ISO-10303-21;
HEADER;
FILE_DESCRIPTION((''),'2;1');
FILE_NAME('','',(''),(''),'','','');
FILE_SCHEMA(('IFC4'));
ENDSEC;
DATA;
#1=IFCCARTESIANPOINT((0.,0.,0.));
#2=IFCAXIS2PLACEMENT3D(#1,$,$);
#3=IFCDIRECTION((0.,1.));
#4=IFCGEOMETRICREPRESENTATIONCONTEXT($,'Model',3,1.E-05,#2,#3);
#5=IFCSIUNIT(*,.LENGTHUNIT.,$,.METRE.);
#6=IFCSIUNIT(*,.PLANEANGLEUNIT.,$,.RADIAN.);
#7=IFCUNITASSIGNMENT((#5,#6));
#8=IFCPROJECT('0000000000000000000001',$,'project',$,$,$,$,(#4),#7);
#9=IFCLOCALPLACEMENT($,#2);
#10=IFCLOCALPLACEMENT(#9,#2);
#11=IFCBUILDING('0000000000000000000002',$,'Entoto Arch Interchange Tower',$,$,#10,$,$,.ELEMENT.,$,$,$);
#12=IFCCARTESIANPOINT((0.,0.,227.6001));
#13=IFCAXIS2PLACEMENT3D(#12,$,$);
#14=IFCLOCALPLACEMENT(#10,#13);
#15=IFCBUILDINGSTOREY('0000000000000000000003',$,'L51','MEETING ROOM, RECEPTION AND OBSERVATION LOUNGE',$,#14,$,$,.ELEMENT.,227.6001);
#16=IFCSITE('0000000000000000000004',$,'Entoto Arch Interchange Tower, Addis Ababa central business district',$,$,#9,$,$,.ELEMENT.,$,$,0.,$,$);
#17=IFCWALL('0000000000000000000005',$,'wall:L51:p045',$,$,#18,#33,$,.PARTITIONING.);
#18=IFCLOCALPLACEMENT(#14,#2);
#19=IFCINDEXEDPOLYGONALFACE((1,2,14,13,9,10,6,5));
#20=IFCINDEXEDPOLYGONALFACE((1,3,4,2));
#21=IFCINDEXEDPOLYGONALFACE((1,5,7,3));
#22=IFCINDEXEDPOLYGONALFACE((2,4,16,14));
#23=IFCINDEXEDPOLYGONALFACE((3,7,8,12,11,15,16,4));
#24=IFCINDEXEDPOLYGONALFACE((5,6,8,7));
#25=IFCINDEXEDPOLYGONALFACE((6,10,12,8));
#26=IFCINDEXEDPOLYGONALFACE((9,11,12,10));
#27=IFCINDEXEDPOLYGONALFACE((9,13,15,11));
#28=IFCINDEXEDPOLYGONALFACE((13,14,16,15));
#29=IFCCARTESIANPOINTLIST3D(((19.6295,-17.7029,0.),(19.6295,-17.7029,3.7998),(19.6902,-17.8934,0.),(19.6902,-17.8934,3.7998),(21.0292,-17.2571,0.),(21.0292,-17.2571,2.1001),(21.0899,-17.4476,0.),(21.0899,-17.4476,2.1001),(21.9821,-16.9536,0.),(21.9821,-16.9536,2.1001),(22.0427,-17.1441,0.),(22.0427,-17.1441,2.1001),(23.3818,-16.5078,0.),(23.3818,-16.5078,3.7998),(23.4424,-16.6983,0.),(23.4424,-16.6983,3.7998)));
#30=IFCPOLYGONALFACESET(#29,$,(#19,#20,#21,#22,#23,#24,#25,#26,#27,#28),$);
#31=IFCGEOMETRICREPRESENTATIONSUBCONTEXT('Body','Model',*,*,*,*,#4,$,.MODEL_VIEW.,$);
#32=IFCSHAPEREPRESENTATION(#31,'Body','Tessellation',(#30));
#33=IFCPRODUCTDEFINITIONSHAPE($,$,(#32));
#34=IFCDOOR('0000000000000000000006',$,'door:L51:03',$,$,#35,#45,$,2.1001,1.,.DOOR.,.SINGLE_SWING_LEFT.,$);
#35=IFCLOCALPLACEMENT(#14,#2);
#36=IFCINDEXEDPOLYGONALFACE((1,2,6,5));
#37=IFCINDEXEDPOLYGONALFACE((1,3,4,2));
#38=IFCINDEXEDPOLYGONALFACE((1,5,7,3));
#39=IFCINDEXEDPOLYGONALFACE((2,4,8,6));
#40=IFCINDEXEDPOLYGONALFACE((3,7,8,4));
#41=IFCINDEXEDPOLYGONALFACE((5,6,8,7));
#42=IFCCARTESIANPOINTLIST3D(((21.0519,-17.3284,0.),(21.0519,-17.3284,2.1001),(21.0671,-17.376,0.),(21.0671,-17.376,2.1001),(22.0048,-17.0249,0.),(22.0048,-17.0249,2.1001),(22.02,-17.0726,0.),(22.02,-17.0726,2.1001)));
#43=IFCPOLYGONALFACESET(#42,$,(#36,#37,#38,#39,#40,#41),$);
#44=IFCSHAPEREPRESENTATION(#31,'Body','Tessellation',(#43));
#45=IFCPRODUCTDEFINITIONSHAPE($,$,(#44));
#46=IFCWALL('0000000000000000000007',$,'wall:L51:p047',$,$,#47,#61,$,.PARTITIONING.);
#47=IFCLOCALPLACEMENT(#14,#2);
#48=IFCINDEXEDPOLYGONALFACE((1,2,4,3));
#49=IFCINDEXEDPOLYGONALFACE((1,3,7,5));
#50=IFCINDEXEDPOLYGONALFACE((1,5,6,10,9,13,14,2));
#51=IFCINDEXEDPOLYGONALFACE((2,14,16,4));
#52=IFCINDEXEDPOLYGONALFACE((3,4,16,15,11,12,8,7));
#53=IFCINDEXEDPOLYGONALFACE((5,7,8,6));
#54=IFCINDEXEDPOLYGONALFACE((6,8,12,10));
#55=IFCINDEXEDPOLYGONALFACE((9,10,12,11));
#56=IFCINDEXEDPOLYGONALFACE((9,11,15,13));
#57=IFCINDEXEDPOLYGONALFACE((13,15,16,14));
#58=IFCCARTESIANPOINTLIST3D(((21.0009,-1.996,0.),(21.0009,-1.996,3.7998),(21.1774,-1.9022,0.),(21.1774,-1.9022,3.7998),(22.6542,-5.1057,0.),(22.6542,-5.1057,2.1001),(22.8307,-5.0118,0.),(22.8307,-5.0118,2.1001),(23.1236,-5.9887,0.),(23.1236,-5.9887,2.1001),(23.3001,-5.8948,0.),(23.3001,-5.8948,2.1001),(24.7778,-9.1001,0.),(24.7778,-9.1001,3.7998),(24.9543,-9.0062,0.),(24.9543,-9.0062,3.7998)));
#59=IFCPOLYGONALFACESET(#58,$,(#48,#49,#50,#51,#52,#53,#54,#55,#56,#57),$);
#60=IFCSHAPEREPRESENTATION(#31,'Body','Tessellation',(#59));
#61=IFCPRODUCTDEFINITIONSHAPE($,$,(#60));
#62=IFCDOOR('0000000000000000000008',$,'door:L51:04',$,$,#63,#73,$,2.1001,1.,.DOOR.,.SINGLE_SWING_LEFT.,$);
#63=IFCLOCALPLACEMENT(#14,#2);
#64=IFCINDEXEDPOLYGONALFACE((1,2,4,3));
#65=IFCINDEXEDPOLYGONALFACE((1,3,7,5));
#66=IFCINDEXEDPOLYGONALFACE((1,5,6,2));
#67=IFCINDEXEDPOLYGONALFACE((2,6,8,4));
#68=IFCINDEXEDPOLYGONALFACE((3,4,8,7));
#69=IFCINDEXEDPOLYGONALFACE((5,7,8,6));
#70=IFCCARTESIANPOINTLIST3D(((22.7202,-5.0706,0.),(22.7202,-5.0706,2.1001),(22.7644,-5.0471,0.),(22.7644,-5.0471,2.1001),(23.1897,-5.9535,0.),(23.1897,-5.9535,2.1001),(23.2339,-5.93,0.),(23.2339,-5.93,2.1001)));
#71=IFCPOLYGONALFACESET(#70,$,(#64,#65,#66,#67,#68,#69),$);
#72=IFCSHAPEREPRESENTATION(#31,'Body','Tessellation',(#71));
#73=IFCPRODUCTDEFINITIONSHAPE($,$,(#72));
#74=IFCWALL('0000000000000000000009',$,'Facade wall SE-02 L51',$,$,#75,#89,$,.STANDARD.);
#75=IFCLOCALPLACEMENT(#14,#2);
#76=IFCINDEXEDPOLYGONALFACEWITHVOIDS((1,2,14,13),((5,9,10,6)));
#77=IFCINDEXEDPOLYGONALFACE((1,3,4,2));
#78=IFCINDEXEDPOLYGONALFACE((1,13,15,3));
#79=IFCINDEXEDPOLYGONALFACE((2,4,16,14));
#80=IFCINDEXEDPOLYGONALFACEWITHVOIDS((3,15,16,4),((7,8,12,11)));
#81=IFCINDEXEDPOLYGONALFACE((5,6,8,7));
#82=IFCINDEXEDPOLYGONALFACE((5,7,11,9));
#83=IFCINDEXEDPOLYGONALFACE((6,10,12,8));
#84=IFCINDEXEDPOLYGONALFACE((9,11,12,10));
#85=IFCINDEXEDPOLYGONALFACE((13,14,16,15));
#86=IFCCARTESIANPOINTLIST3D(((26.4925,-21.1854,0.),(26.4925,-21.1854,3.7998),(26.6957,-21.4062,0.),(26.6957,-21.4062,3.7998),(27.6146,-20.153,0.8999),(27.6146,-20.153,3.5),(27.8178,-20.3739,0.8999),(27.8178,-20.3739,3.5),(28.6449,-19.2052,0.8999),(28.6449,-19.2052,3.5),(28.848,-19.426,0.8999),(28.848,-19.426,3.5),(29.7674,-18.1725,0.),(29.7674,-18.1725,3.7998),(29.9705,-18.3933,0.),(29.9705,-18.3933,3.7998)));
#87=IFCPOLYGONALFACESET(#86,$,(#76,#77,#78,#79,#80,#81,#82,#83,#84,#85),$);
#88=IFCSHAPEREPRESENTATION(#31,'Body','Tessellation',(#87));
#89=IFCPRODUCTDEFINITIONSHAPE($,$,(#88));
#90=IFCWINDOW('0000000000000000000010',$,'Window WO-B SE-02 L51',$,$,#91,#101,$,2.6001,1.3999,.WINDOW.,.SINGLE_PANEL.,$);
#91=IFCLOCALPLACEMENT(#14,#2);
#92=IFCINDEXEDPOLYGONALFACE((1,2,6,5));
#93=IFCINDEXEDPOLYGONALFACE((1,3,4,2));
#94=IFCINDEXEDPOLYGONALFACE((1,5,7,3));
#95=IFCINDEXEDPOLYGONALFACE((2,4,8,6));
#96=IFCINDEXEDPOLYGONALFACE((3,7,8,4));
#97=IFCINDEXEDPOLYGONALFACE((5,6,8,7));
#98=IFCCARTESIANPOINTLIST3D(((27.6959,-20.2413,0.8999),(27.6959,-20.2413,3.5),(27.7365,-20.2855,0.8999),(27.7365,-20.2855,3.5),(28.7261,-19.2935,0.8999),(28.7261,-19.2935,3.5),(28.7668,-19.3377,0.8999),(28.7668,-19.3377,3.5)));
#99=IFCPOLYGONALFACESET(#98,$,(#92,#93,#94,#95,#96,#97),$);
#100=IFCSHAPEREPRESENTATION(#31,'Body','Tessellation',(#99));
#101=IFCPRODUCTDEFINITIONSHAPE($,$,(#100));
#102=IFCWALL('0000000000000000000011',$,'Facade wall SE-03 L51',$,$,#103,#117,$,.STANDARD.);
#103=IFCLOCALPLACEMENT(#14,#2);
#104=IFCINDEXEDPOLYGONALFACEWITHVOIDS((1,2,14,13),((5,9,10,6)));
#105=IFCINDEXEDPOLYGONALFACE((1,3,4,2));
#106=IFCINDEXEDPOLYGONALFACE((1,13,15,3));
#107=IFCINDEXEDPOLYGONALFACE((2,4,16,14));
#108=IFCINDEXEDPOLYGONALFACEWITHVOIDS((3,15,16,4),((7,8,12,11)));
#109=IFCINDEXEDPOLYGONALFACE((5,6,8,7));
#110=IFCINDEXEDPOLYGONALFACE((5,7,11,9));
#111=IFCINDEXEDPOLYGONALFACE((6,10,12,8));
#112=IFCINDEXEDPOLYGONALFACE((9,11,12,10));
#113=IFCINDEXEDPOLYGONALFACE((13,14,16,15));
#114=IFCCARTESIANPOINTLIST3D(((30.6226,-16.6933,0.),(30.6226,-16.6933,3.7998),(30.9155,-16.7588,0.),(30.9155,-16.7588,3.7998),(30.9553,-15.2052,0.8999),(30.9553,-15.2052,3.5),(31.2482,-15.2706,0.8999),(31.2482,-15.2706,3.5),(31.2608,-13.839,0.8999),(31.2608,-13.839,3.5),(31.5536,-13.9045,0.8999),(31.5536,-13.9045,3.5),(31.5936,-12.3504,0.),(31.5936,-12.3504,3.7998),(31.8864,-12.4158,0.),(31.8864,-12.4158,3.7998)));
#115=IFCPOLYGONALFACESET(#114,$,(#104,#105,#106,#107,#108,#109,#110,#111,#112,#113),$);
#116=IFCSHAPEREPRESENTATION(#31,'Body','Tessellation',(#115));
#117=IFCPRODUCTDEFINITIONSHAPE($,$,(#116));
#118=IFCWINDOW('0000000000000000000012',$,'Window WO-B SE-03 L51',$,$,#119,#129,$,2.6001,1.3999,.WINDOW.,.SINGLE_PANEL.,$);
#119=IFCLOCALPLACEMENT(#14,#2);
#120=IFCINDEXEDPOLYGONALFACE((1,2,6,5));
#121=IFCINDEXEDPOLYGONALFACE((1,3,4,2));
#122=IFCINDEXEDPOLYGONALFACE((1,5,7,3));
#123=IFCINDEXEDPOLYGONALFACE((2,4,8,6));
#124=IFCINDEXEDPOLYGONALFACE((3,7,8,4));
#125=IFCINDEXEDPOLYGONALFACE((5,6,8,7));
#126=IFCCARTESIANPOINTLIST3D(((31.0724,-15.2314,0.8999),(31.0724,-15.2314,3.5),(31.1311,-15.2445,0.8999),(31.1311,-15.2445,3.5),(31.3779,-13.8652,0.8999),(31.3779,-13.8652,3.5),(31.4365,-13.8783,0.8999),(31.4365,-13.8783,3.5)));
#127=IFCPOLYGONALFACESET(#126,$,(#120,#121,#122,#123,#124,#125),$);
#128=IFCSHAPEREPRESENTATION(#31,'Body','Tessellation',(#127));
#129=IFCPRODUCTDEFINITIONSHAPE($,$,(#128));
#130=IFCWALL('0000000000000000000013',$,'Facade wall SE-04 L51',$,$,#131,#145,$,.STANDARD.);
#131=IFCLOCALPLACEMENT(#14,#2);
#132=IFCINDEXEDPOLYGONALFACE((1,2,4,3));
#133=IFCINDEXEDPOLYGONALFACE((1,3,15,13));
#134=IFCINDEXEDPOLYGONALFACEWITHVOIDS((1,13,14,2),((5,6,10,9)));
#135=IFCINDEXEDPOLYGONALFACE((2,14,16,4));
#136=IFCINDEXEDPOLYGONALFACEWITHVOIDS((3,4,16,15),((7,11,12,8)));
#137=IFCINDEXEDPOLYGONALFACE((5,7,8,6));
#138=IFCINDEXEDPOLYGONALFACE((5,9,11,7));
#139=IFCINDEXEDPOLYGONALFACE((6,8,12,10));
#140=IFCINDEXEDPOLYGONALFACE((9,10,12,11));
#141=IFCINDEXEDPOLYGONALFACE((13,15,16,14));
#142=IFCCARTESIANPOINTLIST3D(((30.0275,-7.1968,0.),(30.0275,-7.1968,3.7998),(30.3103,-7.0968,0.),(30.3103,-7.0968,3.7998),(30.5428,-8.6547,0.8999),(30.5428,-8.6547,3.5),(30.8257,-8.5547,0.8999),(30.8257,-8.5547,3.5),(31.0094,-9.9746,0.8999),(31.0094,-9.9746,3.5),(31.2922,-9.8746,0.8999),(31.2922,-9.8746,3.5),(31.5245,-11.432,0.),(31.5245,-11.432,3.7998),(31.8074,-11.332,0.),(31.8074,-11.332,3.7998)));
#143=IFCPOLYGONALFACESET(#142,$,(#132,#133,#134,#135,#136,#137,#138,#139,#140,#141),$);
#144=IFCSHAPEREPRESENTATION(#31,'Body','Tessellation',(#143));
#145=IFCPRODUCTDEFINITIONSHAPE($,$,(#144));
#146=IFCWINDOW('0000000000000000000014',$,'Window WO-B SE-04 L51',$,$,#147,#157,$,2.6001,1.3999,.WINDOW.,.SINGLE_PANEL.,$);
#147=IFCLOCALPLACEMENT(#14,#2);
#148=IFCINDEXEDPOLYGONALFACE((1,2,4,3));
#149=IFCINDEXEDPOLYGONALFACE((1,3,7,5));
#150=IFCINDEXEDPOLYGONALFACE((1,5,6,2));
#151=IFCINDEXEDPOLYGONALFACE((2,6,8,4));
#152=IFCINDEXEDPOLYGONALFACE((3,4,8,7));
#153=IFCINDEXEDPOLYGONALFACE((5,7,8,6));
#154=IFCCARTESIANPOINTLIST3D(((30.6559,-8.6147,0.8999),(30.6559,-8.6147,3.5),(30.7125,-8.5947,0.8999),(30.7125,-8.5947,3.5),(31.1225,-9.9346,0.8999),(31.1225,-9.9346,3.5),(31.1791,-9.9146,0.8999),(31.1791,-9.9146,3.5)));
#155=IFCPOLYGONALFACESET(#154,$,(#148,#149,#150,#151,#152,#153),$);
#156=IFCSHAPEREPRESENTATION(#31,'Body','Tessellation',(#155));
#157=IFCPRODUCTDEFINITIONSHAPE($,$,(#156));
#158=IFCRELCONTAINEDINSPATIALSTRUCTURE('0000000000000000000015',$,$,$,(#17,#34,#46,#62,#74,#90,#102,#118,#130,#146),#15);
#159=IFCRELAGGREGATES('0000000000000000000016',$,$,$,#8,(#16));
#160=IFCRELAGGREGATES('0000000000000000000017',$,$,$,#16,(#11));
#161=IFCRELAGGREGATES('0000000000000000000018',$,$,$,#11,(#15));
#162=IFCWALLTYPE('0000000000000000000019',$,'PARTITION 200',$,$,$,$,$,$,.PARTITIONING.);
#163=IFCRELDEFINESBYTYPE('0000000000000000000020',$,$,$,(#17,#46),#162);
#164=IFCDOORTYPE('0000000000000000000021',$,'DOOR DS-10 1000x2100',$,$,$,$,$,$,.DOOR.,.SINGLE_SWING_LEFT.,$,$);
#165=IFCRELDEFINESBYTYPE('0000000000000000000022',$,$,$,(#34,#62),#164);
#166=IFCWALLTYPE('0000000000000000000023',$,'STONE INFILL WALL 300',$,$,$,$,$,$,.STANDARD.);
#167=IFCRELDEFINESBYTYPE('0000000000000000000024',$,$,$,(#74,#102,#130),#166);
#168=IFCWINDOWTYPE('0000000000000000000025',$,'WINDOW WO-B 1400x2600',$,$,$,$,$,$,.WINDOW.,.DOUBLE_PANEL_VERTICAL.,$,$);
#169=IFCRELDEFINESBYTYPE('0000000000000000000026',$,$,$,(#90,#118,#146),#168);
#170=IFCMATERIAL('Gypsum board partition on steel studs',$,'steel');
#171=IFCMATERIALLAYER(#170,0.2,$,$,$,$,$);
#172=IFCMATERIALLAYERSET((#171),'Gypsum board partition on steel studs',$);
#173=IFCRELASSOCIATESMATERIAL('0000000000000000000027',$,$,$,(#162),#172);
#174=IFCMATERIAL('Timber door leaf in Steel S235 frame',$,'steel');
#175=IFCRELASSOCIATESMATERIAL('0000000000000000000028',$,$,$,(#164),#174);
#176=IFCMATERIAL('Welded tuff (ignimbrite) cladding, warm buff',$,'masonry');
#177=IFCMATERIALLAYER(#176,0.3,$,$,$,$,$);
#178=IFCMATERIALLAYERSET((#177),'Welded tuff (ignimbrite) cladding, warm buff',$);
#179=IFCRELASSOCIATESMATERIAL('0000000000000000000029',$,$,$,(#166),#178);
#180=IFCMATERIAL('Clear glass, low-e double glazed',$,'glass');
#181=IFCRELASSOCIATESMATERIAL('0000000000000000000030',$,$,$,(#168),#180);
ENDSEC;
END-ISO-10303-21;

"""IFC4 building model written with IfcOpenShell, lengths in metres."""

from ifc_helpers import new_model, si_unit, direction, frame, frame_2d, origin, place, context, subcontext, project, spatial, rectangle, extrude, material, layer, layer_set, type_object, element, fill, save


model = new_model("IFC4")

# Units and contexts
model_context = context("Model", 3, precision=1e-05, world=origin(), true_north=direction((0.0, 1.0)))
body_context = subcontext(model_context, "Body", "Model", "MODEL_VIEW")
ifc_project = project(units=[si_unit("LENGTHUNIT", "METRE"), si_unit("PLANEANGLEUNIT", "RADIAN")], contexts=[model_context])

# Site, building, storey
site_placement = place(None, origin())
site = spatial("IfcSite", under=ifc_project, at=site_placement, Name="Entoto Arch Interchange Tower, Addis Ababa central business district", CompositionType="ELEMENT", RefElevation=0.0)
building_placement = place(site_placement, origin())
building = spatial("IfcBuilding", under=site, at=building_placement, Name="Entoto Arch Interchange Tower", CompositionType="ELEMENT")
storey_placement = place(building_placement, frame((0.0, 0.0, 227.6001)))
storey = spatial("IfcBuildingStorey", under=building, at=storey_placement, Name="L51", Description="MEETING ROOM, RECEPTION AND OBSERVATION LOUNGE", CompositionType="ELEMENT", Elevation=227.6001)

# Shared definitions
ifc_material_1 = material(Name="Gypsum board partition on steel studs", Category="steel")
ifc_layer_1 = layer(ifc_material_1, 0.2)
ifc_layer_set_1 = layer_set([ifc_layer_1], Name="Gypsum board partition on steel studs")
wall_type_1 = type_object("IfcWallType", Name="PARTITION 200", PredefinedType="PARTITIONING", material=ifc_layer_set_1)

# Walls, openings, doors
wall_1_placement = place(storey_placement, frame((23.4121, -16.603, 0.0), z_axis=(0.0, 0.0, 1.0), x_axis=(-0.952839, -0.303477, 0.0)))
wall_1 = element("IfcWall", 1, at=wall_1_placement, inside=storey, type_object=wall_type_1, Name="wall:L51:p045", PredefinedType="PARTITIONING", context=body_context, shape_type="SweptSolid", body=[
    extrude(rectangle(XDim=3.938, YDim=0.2, at=frame_2d((1.969, 0.0))), origin(), (0.0, 0.0, 1.0), 3.7998),
])
opening_1_placement = place(wall_1_placement, frame((1.469, 0.0, 0.0)))
opening_1 = element("IfcOpeningElement", 2, at=opening_1_placement, cuts=wall_1, PredefinedType="OPENING", context=body_context, shape_type="SweptSolid", body=[
    extrude(rectangle(XDim=1.0, YDim=2.1001, at=frame_2d((0.5, 1.05))), frame((0.0, 0.1099, 0.0), z_axis=(0.0, -1.0, 0.0), x_axis=(1.0, 0.0, 0.0)), (0.0, 0.0, 1.0), 0.22),
])
ifc_material_2 = material(Name="Timber door leaf in Steel S235 frame", Category="steel")
door_type = type_object("IfcDoorType", Name="DOOR DS-10 1000x2100", OperationType="SINGLE_SWING_LEFT", PredefinedType="DOOR", material=ifc_material_2)
door_1_placement = place(opening_1_placement, origin())
door_1 = element("IfcDoor", 3, at=door_1_placement, inside=storey, type_object=door_type, Name="door:L51:03", OperationType="SINGLE_SWING_LEFT", OverallHeight=2.1001, OverallWidth=1.0, PredefinedType="DOOR", context=body_context, shape_type="SweptSolid", body=[
    extrude(rectangle(XDim=1.0, YDim=2.1001, at=frame_2d((0.5, 1.05))), frame((0.0, 0.0249, 0.0), z_axis=(0.0, -1.0, 0.0), x_axis=(1.0, 0.0, 0.0)), (0.0, 0.0, 1.0), 0.05),
])
fill(opening_1, door_1)
wall_2_placement = place(storey_placement, frame((21.0891, -1.949, 0.0), z_axis=(0.0, 0.0, 1.0), x_axis=(0.469432, -0.882969, 0.0)))
wall_2 = element("IfcWall", 4, at=wall_2_placement, inside=storey, type_object=wall_type_1, Name="wall:L51:p047", PredefinedType="PARTITIONING", context=body_context, shape_type="SweptSolid", body=[
    extrude(rectangle(XDim=8.0457, YDim=0.2, at=frame_2d((4.0229, 0.0))), origin(), (0.0, 0.0, 1.0), 3.7998),
])
opening_2_placement = place(wall_2_placement, frame((3.522, 0.0, 0.0)))
opening_2 = element("IfcOpeningElement", 5, at=opening_2_placement, cuts=wall_2, PredefinedType="OPENING", context=body_context, shape_type="SweptSolid", body=[
    extrude(rectangle(XDim=1.0, YDim=2.1001, at=frame_2d((0.5, 1.05))), frame((0.0, 0.1099, 0.0), z_axis=(0.0, -1.0, 0.0), x_axis=(1.0, 0.0, 0.0)), (0.0, 0.0, 1.0), 0.22),
])
door_2_placement = place(opening_2_placement, origin())
door_2 = element("IfcDoor", 6, at=door_2_placement, inside=storey, type_object=door_type, Name="door:L51:04", OperationType="SINGLE_SWING_LEFT", OverallHeight=2.1001, OverallWidth=1.0, PredefinedType="DOOR", context=body_context, shape_type="SweptSolid", body=[
    extrude(rectangle(XDim=1.0, YDim=2.1001, at=frame_2d((0.5, 1.05))), frame((0.0, 0.0249, 0.0), z_axis=(0.0, -1.0, 0.0), x_axis=(1.0, 0.0, 0.0)), (0.0, 0.0, 1.0), 0.05),
])
fill(opening_2, door_2)

# Walls, openings, windows
ifc_material_3 = material(Name="Welded tuff (ignimbrite) cladding, warm buff", Category="masonry")
ifc_layer_2 = layer(ifc_material_3, 0.3)
ifc_layer_set_2 = layer_set([ifc_layer_2], Name="Welded tuff (ignimbrite) cladding, warm buff")
wall_type_2 = type_object("IfcWallType", Name="STONE INFILL WALL 300", PredefinedType="STANDARD", material=ifc_layer_set_2)
wall_3_placement = place(storey_placement, frame((26.594, -21.2959, 0.0), z_axis=(0.0, 0.0, 1.0), x_axis=(0.735928, 0.67706, 0.0)))
wall_3 = element("IfcWall", 7, at=wall_3_placement, inside=storey, type_object=wall_type_2, Name="Facade wall SE-02 L51", PredefinedType="STANDARD", context=body_context, shape_type="SweptSolid", body=[
    extrude(rectangle(XDim=4.45, YDim=0.3, at=frame_2d((2.2251, 0.0))), origin(), (0.0, 0.0, 1.0), 3.7998),
])
opening_3_placement = place(wall_3_placement, frame((1.5249, 0.0, 0.8999)))
opening_3 = element("IfcOpeningElement", 8, at=opening_3_placement, cuts=wall_3, PredefinedType="OPENING", context=body_context, shape_type="SweptSolid", body=[
    extrude(rectangle(XDim=1.3999, YDim=2.6001, at=frame_2d((0.7, 1.3))), frame((0.0, 0.1602, 0.0), z_axis=(0.0, -1.0, 0.0), x_axis=(1.0, 0.0, 0.0)), (0.0, 0.0, 1.0), 0.3201),
])
ifc_material_4 = material(Name="Clear glass, low-e double glazed", Category="glass")
window_type_1 = type_object("IfcWindowType", Name="WINDOW WO-B 1400x2600", PartitioningType="DOUBLE_PANEL_VERTICAL", PredefinedType="WINDOW", material=ifc_material_4)
window_1_placement = place(opening_3_placement, origin())
window_1 = element("IfcWindow", 9, at=window_1_placement, inside=storey, type_object=window_type_1, Name="Window WO-B SE-02 L51", OverallHeight=2.6001, OverallWidth=1.3999, PartitioningType="SINGLE_PANEL", PredefinedType="WINDOW", context=body_context, shape_type="SweptSolid", body=[
    extrude(rectangle(XDim=1.3999, YDim=2.6001, at=frame_2d((0.7, 1.3))), frame((0.0, 0.03, 0.0), z_axis=(0.0, -1.0, 0.0), x_axis=(1.0, 0.0, 0.0)), (0.0, 0.0, 1.0), 0.0601),
])
fill(opening_3, window_1)
wall_4_placement = place(storey_placement, frame((30.769, -16.7261, 0.0), z_axis=(0.0, 0.0, 1.0), x_axis=(0.218179, 0.975909, 0.0)))
wall_4 = element("IfcWall", 10, at=wall_4_placement, inside=storey, type_object=wall_type_2, Name="Facade wall SE-03 L51", PredefinedType="STANDARD", context=body_context, shape_type="SweptSolid", body=[
    extrude(rectangle(XDim=4.4502, YDim=0.3, at=frame_2d((2.2251, 0.0))), origin(), (0.0, 0.0, 1.0), 3.7998),
])
opening_4_placement = place(wall_4_placement, frame((1.5249, 0.0, 0.8999)))
opening_4 = element("IfcOpeningElement", 11, at=opening_4_placement, cuts=wall_4, PredefinedType="OPENING", context=body_context, shape_type="SweptSolid", body=[
    extrude(rectangle(XDim=1.3999, YDim=2.6001, at=frame_2d((0.7, 1.3))), frame((0.0, 0.1602, 0.0), z_axis=(0.0, -1.0, 0.0), x_axis=(1.0, 0.0, 0.0)), (0.0, 0.0, 1.0), 0.3201),
])
window_2_placement = place(opening_4_placement, origin())
window_2 = element("IfcWindow", 12, at=window_2_placement, inside=storey, type_object=window_type_1, Name="Window WO-B SE-03 L51", OverallHeight=2.6001, OverallWidth=1.3999, PartitioningType="SINGLE_PANEL", PredefinedType="WINDOW", context=body_context, shape_type="SweptSolid", body=[
    extrude(rectangle(XDim=1.3999, YDim=2.6001, at=frame_2d((0.7, 1.3))), frame((0.0, 0.03, 0.0), z_axis=(0.0, -1.0, 0.0), x_axis=(1.0, 0.0, 0.0)), (0.0, 0.0, 1.0), 0.0601),
])
fill(opening_4, window_2)
wall_5_placement = place(storey_placement, frame((31.666, -11.3821, 0.0), z_axis=(0.0, 0.0, 1.0), x_axis=(-0.333281, 0.942828, 0.0)))
wall_5 = element("IfcWall", 13, at=wall_5_placement, inside=storey, type_object=wall_type_2, Name="Facade wall SE-04 L51", PredefinedType="STANDARD", context=body_context, shape_type="SweptSolid", body=[
    extrude(rectangle(XDim=4.4919, YDim=0.3, at=frame_2d((2.2461, 0.0))), origin(), (0.0, 0.0, 1.0), 3.7998),
])
opening_5_placement = place(wall_5_placement, frame((1.5459, 0.0, 0.8999)))
opening_5 = element("IfcOpeningElement", 14, at=opening_5_placement, cuts=wall_5, PredefinedType="OPENING", context=body_context, shape_type="SweptSolid", body=[
    extrude(rectangle(XDim=1.3999, YDim=2.6001, at=frame_2d((0.7, 1.3))), frame((0.0, 0.1602, 0.0), z_axis=(0.0, -1.0, 0.0), x_axis=(1.0, 0.0, 0.0)), (0.0, 0.0, 1.0), 0.3201),
])
window_3_placement = place(opening_5_placement, origin())
window_3 = element("IfcWindow", 15, at=window_3_placement, inside=storey, type_object=window_type_1, Name="Window WO-B SE-04 L51", OverallHeight=2.6001, OverallWidth=1.3999, PartitioningType="SINGLE_PANEL", PredefinedType="WINDOW", context=body_context, shape_type="SweptSolid", body=[
    extrude(rectangle(XDim=1.3999, YDim=2.6001, at=frame_2d((0.7, 1.3))), frame((0.0, 0.03, 0.0), z_axis=(0.0, -1.0, 0.0), x_axis=(1.0, 0.0, 0.0)), (0.0, 0.0, 1.0), 0.0601),
])
fill(opening_5, window_3)

save(model, "model.ifc")
